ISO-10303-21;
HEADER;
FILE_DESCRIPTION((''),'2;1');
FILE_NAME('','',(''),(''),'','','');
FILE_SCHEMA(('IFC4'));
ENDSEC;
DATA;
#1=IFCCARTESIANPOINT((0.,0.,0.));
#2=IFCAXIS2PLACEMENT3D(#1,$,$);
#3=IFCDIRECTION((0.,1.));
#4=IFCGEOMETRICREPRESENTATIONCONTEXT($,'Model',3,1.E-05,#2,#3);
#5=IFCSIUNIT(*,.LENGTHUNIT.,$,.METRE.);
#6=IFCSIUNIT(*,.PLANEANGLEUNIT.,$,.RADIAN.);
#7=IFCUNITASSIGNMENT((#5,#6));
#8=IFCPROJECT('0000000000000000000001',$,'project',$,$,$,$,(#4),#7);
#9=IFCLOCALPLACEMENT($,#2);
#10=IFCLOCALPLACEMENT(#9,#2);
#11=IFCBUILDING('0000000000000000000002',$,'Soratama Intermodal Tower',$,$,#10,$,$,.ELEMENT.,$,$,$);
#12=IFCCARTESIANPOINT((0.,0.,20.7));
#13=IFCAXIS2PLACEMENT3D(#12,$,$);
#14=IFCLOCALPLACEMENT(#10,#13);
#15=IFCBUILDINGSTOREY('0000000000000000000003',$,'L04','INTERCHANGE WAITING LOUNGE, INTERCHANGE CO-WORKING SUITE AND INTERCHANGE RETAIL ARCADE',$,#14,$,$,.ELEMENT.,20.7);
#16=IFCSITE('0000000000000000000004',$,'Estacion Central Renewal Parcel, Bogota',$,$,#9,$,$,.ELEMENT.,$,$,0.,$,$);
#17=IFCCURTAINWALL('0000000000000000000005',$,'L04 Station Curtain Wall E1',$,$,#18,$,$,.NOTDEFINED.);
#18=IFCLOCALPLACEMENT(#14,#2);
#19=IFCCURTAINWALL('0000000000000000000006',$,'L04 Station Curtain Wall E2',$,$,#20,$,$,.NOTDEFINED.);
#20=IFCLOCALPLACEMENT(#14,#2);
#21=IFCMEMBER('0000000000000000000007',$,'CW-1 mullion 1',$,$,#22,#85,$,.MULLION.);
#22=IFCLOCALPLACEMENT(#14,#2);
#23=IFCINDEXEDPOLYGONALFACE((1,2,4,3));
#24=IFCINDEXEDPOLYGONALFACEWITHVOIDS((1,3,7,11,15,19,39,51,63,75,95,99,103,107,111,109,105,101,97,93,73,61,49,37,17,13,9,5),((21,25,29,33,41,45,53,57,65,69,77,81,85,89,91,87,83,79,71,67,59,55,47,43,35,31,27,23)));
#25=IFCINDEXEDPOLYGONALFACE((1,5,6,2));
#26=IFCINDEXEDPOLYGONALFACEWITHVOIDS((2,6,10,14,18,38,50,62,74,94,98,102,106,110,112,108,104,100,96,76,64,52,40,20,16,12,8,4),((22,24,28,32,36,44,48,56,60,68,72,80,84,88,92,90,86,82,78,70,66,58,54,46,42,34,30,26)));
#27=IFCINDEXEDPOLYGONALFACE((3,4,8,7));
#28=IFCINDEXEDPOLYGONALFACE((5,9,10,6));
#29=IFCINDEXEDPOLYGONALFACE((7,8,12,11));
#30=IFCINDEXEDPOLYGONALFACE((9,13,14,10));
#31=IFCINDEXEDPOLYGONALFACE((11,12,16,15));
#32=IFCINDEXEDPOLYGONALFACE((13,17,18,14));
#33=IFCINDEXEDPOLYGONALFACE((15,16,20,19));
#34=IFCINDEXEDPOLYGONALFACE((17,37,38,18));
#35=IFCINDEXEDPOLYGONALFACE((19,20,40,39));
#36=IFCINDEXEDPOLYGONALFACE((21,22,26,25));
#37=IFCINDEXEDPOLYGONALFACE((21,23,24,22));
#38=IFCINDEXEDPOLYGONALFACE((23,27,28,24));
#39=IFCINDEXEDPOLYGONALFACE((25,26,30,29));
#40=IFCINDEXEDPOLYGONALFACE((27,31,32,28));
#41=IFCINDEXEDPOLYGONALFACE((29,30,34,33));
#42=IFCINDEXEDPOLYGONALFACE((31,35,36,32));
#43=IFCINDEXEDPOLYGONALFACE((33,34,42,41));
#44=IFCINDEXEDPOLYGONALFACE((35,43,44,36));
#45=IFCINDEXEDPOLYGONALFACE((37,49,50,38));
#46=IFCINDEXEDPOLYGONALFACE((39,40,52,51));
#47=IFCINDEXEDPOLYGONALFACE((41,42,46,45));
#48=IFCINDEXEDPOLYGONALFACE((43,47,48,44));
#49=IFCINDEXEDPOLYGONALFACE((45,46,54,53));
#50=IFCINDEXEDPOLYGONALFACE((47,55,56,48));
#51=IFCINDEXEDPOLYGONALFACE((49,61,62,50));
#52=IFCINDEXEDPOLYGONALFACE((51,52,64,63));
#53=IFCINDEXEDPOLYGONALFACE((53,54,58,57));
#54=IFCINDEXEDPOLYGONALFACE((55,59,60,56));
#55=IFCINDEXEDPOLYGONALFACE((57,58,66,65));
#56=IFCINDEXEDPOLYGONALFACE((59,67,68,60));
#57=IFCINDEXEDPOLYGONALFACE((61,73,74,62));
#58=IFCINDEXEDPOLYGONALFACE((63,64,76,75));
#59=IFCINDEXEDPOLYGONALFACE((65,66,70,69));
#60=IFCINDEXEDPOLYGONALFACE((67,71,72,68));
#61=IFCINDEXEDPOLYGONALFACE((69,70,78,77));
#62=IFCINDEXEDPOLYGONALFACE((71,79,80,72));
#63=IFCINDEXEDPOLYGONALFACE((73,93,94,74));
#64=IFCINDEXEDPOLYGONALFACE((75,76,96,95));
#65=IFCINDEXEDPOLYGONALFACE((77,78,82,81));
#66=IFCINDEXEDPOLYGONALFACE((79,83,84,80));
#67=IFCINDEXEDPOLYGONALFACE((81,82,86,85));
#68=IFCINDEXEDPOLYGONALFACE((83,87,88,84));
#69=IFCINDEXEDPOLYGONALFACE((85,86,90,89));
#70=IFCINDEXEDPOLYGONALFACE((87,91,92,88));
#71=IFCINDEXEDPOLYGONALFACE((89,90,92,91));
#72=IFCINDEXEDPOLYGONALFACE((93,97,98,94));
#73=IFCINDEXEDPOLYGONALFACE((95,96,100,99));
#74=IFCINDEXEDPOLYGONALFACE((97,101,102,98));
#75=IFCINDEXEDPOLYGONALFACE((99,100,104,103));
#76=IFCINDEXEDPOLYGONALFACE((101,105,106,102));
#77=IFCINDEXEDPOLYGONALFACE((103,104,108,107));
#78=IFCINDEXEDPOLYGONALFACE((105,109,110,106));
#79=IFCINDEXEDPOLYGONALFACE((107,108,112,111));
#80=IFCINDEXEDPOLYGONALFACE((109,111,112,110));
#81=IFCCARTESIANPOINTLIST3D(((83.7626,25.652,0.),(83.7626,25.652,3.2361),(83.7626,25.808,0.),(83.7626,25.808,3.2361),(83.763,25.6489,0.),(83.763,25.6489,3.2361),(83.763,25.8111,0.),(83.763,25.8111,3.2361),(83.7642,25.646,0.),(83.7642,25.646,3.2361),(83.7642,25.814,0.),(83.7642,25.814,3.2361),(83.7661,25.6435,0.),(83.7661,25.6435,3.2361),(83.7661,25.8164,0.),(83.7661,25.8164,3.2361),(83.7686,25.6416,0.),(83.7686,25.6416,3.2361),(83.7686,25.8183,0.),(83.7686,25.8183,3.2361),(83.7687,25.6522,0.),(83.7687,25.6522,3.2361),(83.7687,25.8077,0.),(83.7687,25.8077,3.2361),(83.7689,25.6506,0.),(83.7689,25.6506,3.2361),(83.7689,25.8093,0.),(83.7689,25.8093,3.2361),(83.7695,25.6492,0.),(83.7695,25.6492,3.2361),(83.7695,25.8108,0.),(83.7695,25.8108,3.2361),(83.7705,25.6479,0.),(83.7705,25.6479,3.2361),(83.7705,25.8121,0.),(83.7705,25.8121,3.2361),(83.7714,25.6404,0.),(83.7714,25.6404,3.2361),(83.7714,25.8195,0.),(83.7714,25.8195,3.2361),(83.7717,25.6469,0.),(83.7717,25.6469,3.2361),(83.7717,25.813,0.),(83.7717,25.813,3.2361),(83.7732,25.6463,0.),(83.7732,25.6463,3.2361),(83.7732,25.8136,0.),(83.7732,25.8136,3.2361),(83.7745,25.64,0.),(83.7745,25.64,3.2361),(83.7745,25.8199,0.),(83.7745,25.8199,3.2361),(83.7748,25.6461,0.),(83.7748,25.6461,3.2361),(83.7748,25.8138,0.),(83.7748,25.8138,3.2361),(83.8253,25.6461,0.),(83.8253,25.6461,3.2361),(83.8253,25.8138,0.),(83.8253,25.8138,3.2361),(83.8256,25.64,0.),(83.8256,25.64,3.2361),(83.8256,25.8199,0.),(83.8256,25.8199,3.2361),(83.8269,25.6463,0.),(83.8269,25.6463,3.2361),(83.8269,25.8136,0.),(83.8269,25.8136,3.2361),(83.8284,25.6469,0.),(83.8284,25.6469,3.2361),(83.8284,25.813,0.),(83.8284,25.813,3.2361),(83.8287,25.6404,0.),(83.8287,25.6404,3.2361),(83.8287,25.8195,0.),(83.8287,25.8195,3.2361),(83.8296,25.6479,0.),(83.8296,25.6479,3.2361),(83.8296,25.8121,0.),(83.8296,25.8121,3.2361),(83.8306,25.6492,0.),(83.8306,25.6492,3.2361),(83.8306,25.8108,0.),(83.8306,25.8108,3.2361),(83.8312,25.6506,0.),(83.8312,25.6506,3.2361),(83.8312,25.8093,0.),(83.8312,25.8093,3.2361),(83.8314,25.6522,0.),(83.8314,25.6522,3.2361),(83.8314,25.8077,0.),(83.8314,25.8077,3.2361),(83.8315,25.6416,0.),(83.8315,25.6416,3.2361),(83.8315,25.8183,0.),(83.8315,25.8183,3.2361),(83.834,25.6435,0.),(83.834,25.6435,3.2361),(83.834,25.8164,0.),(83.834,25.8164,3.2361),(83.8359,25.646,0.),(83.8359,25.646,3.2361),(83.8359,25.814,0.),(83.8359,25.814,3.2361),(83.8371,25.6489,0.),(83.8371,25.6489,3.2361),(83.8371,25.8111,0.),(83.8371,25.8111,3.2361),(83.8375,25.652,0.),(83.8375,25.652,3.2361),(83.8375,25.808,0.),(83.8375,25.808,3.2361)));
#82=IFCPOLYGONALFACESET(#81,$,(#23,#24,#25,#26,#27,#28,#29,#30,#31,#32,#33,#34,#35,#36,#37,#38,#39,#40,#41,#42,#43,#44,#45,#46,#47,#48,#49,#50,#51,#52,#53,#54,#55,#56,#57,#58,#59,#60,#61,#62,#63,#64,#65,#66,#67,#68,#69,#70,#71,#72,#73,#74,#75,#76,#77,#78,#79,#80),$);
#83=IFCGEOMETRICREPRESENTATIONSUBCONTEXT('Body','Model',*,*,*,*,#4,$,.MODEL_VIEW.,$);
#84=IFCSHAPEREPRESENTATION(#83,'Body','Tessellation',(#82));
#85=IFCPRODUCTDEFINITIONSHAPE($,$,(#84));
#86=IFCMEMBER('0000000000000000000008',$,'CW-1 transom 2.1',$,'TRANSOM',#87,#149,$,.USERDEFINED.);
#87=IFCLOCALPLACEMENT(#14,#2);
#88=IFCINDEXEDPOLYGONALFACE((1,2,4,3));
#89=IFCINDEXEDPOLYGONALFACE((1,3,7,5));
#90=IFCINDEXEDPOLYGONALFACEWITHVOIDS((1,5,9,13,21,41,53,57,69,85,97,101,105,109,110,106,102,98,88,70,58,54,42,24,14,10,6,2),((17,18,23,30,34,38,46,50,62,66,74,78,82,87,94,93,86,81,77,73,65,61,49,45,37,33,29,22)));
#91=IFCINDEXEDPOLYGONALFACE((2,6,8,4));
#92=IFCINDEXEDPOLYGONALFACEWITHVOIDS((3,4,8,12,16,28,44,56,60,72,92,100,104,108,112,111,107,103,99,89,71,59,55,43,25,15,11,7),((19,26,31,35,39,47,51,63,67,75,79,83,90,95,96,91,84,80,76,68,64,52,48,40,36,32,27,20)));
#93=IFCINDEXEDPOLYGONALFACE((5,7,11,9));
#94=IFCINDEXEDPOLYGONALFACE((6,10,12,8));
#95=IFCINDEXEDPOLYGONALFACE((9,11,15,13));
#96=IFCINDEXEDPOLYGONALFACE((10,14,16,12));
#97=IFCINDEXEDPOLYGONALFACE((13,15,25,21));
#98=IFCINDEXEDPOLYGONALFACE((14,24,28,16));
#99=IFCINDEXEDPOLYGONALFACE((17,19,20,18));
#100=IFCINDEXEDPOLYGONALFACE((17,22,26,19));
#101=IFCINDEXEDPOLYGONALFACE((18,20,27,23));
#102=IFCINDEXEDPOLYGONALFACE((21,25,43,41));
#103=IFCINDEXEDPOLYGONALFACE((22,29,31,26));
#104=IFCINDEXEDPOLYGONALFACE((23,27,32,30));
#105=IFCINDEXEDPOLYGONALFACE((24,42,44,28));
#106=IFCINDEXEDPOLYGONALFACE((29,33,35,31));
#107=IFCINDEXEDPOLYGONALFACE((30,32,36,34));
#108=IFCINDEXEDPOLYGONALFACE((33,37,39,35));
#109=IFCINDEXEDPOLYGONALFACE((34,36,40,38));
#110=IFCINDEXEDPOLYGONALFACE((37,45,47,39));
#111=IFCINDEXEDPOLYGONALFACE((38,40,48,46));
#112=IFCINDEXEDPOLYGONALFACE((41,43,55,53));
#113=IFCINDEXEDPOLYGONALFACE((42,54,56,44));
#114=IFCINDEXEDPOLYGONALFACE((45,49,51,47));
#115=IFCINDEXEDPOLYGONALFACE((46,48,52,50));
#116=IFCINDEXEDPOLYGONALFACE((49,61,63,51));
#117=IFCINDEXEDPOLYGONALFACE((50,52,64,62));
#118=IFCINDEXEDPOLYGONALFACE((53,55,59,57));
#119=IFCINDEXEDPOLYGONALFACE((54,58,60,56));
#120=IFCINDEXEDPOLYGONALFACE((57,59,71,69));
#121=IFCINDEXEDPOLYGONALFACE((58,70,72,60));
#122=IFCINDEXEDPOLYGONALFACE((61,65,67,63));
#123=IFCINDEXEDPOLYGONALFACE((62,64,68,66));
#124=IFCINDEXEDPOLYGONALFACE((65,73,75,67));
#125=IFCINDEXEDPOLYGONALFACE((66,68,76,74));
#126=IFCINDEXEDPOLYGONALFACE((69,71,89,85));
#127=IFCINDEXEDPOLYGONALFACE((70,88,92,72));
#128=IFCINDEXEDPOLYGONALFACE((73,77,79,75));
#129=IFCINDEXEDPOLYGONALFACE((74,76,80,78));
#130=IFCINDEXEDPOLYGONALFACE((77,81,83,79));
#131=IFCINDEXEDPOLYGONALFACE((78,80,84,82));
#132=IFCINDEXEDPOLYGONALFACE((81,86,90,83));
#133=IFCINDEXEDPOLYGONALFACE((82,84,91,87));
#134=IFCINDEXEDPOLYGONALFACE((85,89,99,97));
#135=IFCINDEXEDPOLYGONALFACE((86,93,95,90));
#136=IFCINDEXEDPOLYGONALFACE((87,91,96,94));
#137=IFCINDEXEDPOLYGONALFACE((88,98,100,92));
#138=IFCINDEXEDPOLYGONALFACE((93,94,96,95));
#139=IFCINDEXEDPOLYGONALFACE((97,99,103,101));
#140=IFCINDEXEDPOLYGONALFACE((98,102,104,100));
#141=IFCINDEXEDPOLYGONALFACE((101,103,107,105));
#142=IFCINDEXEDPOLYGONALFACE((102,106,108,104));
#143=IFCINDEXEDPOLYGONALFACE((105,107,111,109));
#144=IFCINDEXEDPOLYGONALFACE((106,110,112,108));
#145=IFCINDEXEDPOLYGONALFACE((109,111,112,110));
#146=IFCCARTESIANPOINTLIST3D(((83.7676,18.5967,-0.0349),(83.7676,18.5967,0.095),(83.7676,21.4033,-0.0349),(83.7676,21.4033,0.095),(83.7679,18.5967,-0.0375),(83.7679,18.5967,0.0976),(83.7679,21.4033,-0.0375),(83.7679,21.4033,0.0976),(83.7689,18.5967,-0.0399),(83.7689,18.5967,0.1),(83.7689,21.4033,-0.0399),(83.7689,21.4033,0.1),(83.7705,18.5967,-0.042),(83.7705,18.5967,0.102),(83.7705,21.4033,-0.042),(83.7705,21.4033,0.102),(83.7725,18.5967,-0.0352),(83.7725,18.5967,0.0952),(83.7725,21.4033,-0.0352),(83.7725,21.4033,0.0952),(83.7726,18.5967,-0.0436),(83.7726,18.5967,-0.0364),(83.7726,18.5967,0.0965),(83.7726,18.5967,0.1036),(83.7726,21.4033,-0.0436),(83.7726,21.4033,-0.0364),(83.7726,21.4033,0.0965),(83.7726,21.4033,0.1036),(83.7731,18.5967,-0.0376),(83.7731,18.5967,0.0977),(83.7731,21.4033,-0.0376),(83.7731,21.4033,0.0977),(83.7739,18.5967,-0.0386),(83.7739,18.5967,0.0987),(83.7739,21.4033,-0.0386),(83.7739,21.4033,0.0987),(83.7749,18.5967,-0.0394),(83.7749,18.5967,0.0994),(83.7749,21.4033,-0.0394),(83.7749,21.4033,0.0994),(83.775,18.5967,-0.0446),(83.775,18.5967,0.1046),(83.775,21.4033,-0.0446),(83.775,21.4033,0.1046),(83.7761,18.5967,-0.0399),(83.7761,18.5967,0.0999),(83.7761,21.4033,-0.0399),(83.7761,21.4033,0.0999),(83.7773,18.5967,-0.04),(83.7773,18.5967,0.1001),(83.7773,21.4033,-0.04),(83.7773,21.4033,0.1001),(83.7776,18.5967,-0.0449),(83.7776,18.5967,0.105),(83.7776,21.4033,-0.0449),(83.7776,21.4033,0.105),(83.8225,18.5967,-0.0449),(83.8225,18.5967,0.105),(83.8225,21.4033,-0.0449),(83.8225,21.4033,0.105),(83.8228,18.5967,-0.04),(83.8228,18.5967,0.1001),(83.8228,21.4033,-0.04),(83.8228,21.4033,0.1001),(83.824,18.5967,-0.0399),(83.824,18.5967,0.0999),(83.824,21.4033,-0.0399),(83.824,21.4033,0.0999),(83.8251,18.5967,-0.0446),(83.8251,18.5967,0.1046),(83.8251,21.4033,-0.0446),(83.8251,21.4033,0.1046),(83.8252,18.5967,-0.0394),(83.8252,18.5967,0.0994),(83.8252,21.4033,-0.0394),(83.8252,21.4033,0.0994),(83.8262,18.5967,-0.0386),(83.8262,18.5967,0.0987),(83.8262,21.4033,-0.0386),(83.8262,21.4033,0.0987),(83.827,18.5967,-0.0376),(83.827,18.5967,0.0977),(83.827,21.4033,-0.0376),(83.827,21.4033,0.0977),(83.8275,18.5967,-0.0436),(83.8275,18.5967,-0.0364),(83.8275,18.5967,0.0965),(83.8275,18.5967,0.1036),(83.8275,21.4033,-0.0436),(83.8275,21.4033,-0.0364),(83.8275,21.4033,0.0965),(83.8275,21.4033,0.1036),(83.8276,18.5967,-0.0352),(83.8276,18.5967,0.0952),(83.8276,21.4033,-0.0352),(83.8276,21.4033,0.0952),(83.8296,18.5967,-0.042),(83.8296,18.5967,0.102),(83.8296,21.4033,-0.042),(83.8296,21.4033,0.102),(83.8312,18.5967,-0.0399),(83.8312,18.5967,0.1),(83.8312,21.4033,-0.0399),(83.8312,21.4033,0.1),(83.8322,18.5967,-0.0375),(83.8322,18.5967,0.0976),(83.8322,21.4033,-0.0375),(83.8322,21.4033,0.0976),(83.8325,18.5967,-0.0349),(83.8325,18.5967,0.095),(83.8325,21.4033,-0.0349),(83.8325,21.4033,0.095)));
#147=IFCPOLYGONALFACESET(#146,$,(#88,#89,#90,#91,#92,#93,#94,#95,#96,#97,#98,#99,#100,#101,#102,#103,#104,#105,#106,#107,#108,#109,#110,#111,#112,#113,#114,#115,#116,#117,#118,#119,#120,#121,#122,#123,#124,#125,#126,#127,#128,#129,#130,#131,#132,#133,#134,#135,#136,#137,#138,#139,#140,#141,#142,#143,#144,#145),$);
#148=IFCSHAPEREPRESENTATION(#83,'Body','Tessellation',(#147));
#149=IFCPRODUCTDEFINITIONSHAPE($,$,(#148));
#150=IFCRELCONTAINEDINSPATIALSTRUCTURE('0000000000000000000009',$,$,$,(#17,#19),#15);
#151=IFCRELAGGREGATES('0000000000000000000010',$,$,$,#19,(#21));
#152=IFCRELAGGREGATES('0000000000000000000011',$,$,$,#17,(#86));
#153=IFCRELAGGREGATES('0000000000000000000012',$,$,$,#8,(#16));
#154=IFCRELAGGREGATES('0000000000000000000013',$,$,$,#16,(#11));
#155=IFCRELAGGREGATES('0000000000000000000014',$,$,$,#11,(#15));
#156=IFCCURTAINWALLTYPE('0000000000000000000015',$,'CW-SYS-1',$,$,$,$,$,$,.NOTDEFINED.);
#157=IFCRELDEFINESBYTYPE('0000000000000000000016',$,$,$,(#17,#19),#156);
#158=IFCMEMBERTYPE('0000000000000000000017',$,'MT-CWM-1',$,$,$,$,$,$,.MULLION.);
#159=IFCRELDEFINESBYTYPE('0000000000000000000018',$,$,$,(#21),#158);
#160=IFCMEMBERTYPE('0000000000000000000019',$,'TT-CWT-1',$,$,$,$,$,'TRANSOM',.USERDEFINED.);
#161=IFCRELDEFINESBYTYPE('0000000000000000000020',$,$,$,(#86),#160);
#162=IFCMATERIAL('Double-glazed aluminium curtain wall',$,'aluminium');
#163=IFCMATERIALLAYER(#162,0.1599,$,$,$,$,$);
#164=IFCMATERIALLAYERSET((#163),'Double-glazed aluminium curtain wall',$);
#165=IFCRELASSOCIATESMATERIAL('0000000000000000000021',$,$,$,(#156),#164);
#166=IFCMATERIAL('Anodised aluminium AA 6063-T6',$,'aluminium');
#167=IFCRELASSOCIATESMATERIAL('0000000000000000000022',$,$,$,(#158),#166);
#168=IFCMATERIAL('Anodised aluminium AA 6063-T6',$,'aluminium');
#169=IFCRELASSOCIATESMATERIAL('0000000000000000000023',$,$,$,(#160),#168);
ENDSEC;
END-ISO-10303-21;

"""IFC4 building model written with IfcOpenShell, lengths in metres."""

from ifc_helpers import new_model, si_unit, direction, frame, origin, origin_2d, place, context, subcontext, project, spatial, hollow_rectangle, extrude, material, layer, layer_set, material_profile, profile_set, type_object, element, aggregate, save


model = new_model("IFC4")

# Units and contexts
model_context = context("Model", 3, precision=1e-05, world=origin(), true_north=direction((0.0, 1.0)))
body_context = subcontext(model_context, "Body", "Model", "MODEL_VIEW")
ifc_project = project(units=[si_unit("LENGTHUNIT", "METRE"), si_unit("PLANEANGLEUNIT", "RADIAN")], contexts=[model_context])

# Site, building, storey
site_placement = place(None, origin())
site = spatial("IfcSite", under=ifc_project, at=site_placement, Name="Estacion Central Renewal Parcel, Bogota", CompositionType="ELEMENT", RefElevation=0.0)
building_placement = place(site_placement, origin())
building = spatial("IfcBuilding", under=site, at=building_placement, Name="Soratama Intermodal Tower", CompositionType="ELEMENT")
storey_placement = place(building_placement, frame((0.0, 0.0, 20.7)))
storey = spatial("IfcBuildingStorey", under=building, at=storey_placement, Name="L04", Description="INTERCHANGE WAITING LOUNGE, INTERCHANGE CO-WORKING SUITE AND INTERCHANGE RETAIL ARCADE", CompositionType="ELEMENT", Elevation=20.7)

# Curtain wall
ifc_material_1 = material(Name="Double-glazed aluminium curtain wall", Category="aluminium")
ifc_layer_1 = layer(ifc_material_1, 0.1599)
ifc_layer_set_1 = layer_set([ifc_layer_1], Name="Double-glazed aluminium curtain wall")
curtain_wall_type = type_object("IfcCurtainWallType", Name="CW-SYS-1", PredefinedType="NOTDEFINED", material=ifc_layer_set_1)
curtain_wall_1_placement = place(storey_placement, origin())
curtain_wall_1 = element("IfcCurtainWall", 1, at=curtain_wall_1_placement, inside=storey, type_object=curtain_wall_type, Name="L04 Station Curtain Wall E1", PredefinedType="NOTDEFINED")
ifc_material_2 = material(Name="Anodised aluminium AA 6063-T6", Category="aluminium")
ifc_material_profile_1 = material_profile(ifc_material_2, hollow_rectangle(XDim=0.075, YDim=0.1799, WallThickness=0.0061, InnerFilletRadius=0.0061, OuterFilletRadius=0.012, at=origin_2d()), Name="CWM180X75X6")
ifc_profile_set_1 = profile_set([ifc_material_profile_1], Name="Anodised aluminium AA 6063-T6")
member_type_1 = type_object("IfcMemberType", Name="MT-CWM-1", PredefinedType="MULLION", material=ifc_profile_set_1)

# Curtain wall, member
curtain_wall_2_placement = place(storey_placement, origin())
curtain_wall_2 = element("IfcCurtainWall", 2, at=curtain_wall_2_placement, inside=storey, type_object=curtain_wall_type, Name="L04 Station Curtain Wall E2", PredefinedType="NOTDEFINED")
member_1_placement = place(storey_placement, frame((83.8, 25.73, 0.0), z_axis=(0.0, 0.0, 1.0), x_axis=(-1.0, 0.0, 0.0)))
member_1 = element("IfcMember", 3, at=member_1_placement, type_object=member_type_1, Name="CW-1 mullion 1", PredefinedType="MULLION", context=body_context, shape_type="SweptSolid", body=[
    extrude(hollow_rectangle(XDim=0.075, YDim=0.1799, WallThickness=0.0061, InnerFilletRadius=0.0061, OuterFilletRadius=0.012, at=origin_2d()), origin(), (0.0, 0.0, 1.0), 3.2361),
])

# Member
ifc_material_3 = material(Name="Anodised aluminium AA 6063-T6", Category="aluminium")
ifc_material_profile_2 = material_profile(ifc_material_3, hollow_rectangle(XDim=0.0649, YDim=0.1499, WallThickness=0.0049, InnerFilletRadius=0.0049, OuterFilletRadius=0.01, at=origin_2d()), Name="CWT150X65X5")
ifc_profile_set_2 = profile_set([ifc_material_profile_2], Name="Anodised aluminium AA 6063-T6")
member_type_2 = type_object("IfcMemberType", Name="TT-CWT-1", ElementType="TRANSOM", PredefinedType="USERDEFINED", material=ifc_profile_set_2)
member_2_placement = place(storey_placement, frame((83.8, 18.5967, 0.03), z_axis=(0.0, 1.0, 0.0), x_axis=(-1.0, 0.0, 0.0)))
member_2 = element("IfcMember", 4, at=member_2_placement, type_object=member_type_2, Name="CW-1 transom 2.1", ObjectType="TRANSOM", PredefinedType="USERDEFINED", context=body_context, shape_type="SweptSolid", body=[
    extrude(hollow_rectangle(XDim=0.0649, YDim=0.1499, WallThickness=0.0049, InnerFilletRadius=0.0049, OuterFilletRadius=0.01, at=origin_2d()), origin(), (0.0, 0.0, 1.0), 2.8066),
])
aggregate(curtain_wall_2, [member_1])

aggregate(curtain_wall_1, [member_2])

save(model, "model.ifc")
